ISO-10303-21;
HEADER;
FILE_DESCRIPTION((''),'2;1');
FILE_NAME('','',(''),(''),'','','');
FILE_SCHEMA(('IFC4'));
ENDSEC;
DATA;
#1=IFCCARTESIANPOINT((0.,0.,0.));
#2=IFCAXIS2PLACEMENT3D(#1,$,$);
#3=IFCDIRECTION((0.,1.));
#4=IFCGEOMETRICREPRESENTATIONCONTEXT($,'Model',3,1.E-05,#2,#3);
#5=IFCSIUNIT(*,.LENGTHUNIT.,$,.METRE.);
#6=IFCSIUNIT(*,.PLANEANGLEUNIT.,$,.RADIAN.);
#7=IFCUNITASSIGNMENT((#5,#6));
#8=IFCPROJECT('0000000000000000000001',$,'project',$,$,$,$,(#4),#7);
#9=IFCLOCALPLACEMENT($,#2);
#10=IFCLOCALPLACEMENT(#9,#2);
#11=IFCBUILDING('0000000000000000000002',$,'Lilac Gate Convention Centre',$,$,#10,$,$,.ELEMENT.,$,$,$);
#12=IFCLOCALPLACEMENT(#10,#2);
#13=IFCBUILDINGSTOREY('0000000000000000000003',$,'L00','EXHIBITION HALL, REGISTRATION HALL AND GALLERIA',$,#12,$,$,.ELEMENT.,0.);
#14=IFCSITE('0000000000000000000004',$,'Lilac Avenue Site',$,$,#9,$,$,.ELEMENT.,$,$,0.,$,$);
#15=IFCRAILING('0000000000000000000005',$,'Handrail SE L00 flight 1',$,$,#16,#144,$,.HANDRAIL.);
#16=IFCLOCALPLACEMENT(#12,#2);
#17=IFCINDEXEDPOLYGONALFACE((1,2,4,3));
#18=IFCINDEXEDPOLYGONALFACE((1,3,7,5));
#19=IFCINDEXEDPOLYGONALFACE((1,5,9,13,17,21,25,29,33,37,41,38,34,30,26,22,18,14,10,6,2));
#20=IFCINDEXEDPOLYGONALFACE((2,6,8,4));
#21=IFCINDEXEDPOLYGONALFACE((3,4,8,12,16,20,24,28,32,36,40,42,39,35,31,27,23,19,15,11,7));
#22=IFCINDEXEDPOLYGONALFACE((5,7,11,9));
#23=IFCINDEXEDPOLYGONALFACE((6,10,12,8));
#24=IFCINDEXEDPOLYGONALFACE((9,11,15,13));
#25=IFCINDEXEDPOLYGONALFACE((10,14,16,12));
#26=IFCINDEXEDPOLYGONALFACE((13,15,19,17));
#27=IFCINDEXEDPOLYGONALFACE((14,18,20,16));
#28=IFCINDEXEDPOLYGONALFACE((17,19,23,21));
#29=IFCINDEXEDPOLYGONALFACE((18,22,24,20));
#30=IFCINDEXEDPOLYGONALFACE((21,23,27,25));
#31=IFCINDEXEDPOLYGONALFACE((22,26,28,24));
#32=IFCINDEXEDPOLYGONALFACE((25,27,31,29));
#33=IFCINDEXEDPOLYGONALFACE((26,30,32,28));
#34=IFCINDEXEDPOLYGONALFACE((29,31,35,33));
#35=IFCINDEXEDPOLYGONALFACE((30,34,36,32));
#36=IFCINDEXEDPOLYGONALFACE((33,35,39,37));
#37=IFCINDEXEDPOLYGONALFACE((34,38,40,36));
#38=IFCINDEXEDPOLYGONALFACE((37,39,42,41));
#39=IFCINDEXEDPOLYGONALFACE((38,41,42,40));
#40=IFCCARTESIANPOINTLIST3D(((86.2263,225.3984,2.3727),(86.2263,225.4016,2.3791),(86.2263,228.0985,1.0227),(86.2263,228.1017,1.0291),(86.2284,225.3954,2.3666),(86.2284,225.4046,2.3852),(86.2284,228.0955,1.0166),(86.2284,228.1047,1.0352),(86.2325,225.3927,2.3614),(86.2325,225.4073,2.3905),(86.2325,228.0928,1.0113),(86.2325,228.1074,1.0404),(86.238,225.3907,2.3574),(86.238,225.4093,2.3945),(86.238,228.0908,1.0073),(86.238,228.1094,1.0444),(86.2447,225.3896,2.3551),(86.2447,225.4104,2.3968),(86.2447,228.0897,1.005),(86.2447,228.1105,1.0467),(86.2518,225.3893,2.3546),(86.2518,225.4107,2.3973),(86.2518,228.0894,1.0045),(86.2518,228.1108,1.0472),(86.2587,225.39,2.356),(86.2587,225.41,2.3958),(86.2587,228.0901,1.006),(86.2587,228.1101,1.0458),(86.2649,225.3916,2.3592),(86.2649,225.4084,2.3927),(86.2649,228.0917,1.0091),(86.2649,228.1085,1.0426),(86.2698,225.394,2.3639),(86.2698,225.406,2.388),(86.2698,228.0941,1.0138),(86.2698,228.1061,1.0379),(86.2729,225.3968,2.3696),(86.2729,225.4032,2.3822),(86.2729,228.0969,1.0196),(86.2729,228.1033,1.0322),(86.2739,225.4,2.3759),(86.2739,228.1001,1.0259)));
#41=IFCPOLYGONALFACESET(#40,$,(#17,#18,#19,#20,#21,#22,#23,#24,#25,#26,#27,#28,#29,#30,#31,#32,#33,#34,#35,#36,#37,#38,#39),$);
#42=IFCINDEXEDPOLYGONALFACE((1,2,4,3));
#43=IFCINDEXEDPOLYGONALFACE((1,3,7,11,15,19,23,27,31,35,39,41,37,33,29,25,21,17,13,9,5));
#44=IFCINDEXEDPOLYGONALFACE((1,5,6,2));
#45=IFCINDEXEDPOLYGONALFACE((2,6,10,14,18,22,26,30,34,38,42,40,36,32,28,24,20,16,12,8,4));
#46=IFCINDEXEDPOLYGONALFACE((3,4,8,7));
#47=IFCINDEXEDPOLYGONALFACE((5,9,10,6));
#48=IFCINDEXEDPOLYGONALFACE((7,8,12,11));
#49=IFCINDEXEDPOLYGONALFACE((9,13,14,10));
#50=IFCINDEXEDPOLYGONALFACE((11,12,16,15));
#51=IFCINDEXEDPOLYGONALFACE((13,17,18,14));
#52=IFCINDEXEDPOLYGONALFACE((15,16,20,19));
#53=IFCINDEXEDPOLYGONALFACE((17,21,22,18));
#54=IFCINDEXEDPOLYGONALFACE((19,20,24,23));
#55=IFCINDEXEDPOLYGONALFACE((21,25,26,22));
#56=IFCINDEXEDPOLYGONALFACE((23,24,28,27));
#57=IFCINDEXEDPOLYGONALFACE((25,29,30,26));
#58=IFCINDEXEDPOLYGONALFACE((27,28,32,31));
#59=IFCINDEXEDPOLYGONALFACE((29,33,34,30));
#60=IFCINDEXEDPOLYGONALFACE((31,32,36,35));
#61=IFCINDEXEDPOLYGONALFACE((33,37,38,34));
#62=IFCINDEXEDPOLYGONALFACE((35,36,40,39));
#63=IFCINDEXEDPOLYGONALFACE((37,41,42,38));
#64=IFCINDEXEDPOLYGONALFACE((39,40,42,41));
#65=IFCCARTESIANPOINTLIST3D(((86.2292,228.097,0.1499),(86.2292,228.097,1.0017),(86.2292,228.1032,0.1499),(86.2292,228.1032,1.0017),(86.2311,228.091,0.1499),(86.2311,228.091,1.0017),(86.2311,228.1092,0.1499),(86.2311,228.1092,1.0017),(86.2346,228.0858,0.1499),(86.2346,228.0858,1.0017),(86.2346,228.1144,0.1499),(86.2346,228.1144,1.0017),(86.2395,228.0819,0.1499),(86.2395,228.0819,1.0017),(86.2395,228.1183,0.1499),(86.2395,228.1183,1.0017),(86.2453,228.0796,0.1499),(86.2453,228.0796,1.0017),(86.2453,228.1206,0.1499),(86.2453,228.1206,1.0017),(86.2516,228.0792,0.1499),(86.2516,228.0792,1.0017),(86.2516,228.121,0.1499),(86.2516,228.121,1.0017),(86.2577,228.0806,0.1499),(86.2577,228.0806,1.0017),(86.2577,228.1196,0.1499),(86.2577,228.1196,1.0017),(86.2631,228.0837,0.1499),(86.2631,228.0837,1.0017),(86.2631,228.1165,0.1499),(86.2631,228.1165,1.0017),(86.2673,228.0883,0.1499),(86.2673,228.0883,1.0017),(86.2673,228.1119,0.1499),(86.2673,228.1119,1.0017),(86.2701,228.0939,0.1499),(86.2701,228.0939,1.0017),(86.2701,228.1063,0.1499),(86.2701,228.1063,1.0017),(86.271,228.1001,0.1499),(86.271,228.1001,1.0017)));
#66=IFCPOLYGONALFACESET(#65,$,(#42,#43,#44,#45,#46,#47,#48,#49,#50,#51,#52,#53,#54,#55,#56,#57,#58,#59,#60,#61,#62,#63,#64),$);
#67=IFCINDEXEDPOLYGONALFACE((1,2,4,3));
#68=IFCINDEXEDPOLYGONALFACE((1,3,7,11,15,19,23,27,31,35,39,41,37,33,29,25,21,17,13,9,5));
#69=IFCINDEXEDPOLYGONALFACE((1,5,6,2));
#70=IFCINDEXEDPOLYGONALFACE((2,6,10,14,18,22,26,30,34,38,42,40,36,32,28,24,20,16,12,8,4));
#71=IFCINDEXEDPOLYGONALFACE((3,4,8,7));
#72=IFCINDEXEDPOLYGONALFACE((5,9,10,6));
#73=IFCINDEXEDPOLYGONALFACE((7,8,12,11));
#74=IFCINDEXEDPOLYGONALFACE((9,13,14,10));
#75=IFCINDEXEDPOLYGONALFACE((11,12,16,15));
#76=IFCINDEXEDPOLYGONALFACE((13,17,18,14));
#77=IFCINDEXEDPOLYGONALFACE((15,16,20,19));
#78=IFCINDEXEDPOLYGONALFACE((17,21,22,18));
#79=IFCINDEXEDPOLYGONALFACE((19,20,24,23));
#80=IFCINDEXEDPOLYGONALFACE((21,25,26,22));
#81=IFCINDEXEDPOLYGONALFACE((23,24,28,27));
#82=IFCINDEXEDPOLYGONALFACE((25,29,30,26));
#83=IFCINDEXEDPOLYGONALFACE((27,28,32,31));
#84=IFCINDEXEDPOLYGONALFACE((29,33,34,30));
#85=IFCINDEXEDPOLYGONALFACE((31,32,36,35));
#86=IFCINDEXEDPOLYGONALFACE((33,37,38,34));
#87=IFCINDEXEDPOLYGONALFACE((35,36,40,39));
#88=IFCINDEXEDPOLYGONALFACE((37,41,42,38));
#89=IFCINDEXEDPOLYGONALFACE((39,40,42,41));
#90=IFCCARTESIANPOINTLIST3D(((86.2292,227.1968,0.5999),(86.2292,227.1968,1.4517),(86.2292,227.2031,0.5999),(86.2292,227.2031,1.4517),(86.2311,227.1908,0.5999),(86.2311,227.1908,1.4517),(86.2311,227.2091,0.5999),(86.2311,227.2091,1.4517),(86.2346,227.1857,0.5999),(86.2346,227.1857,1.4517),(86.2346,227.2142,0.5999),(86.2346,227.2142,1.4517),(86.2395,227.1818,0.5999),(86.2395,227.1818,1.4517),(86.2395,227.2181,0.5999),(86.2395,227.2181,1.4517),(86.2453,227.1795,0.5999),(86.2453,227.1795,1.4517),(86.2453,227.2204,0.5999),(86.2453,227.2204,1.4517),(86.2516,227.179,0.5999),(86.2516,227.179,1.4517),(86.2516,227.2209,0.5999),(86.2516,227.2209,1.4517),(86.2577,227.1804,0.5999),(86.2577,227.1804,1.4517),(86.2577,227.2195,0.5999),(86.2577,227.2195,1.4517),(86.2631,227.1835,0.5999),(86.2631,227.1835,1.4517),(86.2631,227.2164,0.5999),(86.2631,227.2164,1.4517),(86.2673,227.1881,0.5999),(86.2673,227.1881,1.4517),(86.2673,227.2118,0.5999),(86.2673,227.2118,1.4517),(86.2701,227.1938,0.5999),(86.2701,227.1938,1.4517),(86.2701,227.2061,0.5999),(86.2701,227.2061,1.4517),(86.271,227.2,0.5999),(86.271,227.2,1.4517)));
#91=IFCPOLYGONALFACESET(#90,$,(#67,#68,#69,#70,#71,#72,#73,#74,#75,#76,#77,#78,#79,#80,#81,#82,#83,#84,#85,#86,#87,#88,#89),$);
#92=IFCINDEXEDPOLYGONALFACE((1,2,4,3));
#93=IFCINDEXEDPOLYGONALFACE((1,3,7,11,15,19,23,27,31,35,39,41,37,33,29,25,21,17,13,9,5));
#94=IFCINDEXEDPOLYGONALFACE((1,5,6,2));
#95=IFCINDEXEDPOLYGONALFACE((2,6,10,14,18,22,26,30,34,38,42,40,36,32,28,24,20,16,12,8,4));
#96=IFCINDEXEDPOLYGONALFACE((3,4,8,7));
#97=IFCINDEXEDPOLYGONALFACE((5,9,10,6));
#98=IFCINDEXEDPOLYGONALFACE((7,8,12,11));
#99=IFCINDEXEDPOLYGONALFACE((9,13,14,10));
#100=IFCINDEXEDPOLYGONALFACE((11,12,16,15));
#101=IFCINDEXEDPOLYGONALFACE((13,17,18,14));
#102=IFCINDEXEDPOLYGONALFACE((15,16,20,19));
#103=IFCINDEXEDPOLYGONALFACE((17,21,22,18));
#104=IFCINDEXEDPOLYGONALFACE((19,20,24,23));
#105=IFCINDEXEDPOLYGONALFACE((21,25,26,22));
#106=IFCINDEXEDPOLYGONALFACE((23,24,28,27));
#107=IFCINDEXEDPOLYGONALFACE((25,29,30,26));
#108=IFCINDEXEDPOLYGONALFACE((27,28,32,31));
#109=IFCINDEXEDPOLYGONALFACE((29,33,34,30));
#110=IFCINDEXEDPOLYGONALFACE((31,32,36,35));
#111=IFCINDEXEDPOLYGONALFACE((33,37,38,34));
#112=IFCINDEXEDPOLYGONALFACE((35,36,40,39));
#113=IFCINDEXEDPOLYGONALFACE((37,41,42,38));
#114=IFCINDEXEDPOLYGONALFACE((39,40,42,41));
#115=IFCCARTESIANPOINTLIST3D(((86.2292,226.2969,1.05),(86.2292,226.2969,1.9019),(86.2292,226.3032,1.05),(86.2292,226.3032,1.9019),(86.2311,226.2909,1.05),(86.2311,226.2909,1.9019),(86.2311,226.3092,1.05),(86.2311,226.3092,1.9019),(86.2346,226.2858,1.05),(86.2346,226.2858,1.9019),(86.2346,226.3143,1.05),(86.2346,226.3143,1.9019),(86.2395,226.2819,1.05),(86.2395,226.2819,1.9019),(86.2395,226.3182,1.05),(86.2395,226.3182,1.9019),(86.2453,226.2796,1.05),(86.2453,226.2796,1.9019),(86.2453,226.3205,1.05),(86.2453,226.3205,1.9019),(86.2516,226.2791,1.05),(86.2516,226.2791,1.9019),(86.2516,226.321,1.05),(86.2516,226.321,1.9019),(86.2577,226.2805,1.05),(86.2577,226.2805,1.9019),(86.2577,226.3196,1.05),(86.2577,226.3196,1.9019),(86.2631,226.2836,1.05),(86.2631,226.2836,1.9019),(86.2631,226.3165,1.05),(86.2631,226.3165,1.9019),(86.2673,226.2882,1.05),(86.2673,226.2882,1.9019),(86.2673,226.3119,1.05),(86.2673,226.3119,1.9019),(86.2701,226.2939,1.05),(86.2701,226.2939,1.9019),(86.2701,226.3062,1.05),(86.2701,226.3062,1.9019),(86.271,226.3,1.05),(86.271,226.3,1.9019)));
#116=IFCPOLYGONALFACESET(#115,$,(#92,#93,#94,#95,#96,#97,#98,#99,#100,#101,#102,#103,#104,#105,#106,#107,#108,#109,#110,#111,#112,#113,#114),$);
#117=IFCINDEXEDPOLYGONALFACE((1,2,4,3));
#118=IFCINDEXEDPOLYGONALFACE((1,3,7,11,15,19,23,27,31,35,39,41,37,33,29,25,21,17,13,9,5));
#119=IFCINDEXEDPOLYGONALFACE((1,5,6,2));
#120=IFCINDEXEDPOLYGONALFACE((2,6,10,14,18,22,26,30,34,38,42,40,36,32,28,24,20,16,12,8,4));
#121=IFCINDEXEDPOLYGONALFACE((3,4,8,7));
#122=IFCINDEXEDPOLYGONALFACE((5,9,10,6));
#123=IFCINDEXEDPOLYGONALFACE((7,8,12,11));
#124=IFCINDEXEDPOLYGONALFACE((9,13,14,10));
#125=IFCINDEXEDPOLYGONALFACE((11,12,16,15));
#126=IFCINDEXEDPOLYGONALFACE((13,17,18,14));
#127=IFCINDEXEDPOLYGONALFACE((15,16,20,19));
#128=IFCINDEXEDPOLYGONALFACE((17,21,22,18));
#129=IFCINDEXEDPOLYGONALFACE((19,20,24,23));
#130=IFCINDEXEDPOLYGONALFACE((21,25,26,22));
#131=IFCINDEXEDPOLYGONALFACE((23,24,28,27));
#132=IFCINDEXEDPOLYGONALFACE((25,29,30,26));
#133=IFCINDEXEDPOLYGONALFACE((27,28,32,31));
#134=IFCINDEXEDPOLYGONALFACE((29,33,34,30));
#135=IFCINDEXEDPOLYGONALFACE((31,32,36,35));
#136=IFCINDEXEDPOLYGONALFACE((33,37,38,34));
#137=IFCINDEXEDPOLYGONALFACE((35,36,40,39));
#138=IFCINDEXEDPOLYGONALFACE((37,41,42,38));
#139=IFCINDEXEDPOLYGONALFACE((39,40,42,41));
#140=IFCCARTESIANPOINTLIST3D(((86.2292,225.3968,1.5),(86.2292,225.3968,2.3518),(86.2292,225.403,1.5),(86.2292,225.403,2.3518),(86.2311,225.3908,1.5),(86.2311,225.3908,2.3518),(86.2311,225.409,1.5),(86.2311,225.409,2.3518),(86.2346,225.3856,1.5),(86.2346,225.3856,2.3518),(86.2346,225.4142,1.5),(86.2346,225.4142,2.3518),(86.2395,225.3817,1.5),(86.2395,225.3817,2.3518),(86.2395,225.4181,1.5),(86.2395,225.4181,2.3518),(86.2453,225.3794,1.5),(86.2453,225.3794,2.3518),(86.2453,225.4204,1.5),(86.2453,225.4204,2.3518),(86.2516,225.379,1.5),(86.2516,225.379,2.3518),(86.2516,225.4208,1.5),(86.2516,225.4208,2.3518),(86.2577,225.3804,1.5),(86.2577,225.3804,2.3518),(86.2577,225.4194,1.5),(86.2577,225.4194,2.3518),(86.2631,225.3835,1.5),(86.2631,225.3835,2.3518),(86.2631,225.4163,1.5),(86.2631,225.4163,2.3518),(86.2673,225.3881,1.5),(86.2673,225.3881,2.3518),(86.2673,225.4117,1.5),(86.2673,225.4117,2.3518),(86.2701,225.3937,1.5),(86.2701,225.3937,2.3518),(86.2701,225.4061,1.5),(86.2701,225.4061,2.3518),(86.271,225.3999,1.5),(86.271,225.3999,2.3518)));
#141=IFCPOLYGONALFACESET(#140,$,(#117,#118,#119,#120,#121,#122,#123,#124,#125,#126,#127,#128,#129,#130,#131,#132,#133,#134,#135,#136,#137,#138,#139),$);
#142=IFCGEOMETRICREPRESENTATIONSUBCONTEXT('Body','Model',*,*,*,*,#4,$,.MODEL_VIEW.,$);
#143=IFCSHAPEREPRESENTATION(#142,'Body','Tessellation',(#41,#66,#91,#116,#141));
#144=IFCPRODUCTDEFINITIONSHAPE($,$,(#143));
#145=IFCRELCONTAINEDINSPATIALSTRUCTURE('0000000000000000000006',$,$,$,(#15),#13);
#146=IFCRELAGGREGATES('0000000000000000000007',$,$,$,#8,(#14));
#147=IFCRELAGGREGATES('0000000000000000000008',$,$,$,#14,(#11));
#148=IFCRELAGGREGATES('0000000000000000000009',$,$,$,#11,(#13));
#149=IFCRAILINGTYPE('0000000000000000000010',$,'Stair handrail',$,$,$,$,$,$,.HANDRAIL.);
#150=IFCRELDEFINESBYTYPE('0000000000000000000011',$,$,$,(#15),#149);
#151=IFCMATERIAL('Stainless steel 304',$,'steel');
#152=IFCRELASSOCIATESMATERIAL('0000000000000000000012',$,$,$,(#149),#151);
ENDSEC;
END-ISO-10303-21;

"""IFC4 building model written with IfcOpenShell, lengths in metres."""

from ifc_helpers import new_model, si_unit, direction, frame, origin, origin_2d, place, context, subcontext, project, spatial, circle, extrude, material, type_object, element, save


model = new_model("IFC4")

# Units and contexts
model_context = context("Model", 3, precision=1e-05, world=origin(), true_north=direction((0.0, 1.0)))
body_context = subcontext(model_context, "Body", "Model", "MODEL_VIEW")
ifc_project = project(units=[si_unit("LENGTHUNIT", "METRE"), si_unit("PLANEANGLEUNIT", "RADIAN")], contexts=[model_context])

# Site, building, storey
site_placement = place(None, origin())
site = spatial("IfcSite", under=ifc_project, at=site_placement, Name="Lilac Avenue Site", CompositionType="ELEMENT", RefElevation=0.0)
building_placement = place(site_placement, origin())
building = spatial("IfcBuilding", under=site, at=building_placement, Name="Lilac Gate Convention Centre", CompositionType="ELEMENT")
storey_placement = place(building_placement, origin())
storey = spatial("IfcBuildingStorey", under=building, at=storey_placement, Name="L00", Description="EXHIBITION HALL, REGISTRATION HALL AND GALLERIA", CompositionType="ELEMENT", Elevation=0.0)

# Railing
ifc_material_1 = material(Name="Stainless steel 304", Category="steel")
railing_type = type_object("IfcRailingType", Name="Stair handrail", PredefinedType="HANDRAIL", material=ifc_material_1)
for number, where, name in (
    (1, (86.25, 228.1001, 0.1499), "Handrail SE L00 flight 1"),
):
    element("IfcRailing", number, at=place(storey_placement, frame(where)), inside=storey, type_object=railing_type, Name=name, PredefinedType="HANDRAIL", context=body_context, shape_type="SweptSolid", body=[
        extrude(circle(Radius=0.0239, at=origin_2d()), frame((0.0, 0.0, 0.876), z_axis=(0.0, -0.894427, 0.447214), x_axis=(1.0, 0.0, 0.0)), (0.0, 0.0, 1.0), 3.0188),
        extrude(circle(Radius=0.021, at=origin_2d()), origin(), (0.0, 0.0, 1.0), 0.8518),
        extrude(circle(Radius=0.021, at=origin_2d()), frame((0.0, -0.9001, 0.45)), (0.0, 0.0, 1.0), 0.8518),
        extrude(circle(Radius=0.021, at=origin_2d()), frame((0.0, -1.8, 0.9001)), (0.0, 0.0, 1.0), 0.8518),
        extrude(circle(Radius=0.021, at=origin_2d()), frame((0.0, -2.7002, 1.3501)), (0.0, 0.0, 1.0), 0.8518),
    ])

save(model, "model.ifc")
